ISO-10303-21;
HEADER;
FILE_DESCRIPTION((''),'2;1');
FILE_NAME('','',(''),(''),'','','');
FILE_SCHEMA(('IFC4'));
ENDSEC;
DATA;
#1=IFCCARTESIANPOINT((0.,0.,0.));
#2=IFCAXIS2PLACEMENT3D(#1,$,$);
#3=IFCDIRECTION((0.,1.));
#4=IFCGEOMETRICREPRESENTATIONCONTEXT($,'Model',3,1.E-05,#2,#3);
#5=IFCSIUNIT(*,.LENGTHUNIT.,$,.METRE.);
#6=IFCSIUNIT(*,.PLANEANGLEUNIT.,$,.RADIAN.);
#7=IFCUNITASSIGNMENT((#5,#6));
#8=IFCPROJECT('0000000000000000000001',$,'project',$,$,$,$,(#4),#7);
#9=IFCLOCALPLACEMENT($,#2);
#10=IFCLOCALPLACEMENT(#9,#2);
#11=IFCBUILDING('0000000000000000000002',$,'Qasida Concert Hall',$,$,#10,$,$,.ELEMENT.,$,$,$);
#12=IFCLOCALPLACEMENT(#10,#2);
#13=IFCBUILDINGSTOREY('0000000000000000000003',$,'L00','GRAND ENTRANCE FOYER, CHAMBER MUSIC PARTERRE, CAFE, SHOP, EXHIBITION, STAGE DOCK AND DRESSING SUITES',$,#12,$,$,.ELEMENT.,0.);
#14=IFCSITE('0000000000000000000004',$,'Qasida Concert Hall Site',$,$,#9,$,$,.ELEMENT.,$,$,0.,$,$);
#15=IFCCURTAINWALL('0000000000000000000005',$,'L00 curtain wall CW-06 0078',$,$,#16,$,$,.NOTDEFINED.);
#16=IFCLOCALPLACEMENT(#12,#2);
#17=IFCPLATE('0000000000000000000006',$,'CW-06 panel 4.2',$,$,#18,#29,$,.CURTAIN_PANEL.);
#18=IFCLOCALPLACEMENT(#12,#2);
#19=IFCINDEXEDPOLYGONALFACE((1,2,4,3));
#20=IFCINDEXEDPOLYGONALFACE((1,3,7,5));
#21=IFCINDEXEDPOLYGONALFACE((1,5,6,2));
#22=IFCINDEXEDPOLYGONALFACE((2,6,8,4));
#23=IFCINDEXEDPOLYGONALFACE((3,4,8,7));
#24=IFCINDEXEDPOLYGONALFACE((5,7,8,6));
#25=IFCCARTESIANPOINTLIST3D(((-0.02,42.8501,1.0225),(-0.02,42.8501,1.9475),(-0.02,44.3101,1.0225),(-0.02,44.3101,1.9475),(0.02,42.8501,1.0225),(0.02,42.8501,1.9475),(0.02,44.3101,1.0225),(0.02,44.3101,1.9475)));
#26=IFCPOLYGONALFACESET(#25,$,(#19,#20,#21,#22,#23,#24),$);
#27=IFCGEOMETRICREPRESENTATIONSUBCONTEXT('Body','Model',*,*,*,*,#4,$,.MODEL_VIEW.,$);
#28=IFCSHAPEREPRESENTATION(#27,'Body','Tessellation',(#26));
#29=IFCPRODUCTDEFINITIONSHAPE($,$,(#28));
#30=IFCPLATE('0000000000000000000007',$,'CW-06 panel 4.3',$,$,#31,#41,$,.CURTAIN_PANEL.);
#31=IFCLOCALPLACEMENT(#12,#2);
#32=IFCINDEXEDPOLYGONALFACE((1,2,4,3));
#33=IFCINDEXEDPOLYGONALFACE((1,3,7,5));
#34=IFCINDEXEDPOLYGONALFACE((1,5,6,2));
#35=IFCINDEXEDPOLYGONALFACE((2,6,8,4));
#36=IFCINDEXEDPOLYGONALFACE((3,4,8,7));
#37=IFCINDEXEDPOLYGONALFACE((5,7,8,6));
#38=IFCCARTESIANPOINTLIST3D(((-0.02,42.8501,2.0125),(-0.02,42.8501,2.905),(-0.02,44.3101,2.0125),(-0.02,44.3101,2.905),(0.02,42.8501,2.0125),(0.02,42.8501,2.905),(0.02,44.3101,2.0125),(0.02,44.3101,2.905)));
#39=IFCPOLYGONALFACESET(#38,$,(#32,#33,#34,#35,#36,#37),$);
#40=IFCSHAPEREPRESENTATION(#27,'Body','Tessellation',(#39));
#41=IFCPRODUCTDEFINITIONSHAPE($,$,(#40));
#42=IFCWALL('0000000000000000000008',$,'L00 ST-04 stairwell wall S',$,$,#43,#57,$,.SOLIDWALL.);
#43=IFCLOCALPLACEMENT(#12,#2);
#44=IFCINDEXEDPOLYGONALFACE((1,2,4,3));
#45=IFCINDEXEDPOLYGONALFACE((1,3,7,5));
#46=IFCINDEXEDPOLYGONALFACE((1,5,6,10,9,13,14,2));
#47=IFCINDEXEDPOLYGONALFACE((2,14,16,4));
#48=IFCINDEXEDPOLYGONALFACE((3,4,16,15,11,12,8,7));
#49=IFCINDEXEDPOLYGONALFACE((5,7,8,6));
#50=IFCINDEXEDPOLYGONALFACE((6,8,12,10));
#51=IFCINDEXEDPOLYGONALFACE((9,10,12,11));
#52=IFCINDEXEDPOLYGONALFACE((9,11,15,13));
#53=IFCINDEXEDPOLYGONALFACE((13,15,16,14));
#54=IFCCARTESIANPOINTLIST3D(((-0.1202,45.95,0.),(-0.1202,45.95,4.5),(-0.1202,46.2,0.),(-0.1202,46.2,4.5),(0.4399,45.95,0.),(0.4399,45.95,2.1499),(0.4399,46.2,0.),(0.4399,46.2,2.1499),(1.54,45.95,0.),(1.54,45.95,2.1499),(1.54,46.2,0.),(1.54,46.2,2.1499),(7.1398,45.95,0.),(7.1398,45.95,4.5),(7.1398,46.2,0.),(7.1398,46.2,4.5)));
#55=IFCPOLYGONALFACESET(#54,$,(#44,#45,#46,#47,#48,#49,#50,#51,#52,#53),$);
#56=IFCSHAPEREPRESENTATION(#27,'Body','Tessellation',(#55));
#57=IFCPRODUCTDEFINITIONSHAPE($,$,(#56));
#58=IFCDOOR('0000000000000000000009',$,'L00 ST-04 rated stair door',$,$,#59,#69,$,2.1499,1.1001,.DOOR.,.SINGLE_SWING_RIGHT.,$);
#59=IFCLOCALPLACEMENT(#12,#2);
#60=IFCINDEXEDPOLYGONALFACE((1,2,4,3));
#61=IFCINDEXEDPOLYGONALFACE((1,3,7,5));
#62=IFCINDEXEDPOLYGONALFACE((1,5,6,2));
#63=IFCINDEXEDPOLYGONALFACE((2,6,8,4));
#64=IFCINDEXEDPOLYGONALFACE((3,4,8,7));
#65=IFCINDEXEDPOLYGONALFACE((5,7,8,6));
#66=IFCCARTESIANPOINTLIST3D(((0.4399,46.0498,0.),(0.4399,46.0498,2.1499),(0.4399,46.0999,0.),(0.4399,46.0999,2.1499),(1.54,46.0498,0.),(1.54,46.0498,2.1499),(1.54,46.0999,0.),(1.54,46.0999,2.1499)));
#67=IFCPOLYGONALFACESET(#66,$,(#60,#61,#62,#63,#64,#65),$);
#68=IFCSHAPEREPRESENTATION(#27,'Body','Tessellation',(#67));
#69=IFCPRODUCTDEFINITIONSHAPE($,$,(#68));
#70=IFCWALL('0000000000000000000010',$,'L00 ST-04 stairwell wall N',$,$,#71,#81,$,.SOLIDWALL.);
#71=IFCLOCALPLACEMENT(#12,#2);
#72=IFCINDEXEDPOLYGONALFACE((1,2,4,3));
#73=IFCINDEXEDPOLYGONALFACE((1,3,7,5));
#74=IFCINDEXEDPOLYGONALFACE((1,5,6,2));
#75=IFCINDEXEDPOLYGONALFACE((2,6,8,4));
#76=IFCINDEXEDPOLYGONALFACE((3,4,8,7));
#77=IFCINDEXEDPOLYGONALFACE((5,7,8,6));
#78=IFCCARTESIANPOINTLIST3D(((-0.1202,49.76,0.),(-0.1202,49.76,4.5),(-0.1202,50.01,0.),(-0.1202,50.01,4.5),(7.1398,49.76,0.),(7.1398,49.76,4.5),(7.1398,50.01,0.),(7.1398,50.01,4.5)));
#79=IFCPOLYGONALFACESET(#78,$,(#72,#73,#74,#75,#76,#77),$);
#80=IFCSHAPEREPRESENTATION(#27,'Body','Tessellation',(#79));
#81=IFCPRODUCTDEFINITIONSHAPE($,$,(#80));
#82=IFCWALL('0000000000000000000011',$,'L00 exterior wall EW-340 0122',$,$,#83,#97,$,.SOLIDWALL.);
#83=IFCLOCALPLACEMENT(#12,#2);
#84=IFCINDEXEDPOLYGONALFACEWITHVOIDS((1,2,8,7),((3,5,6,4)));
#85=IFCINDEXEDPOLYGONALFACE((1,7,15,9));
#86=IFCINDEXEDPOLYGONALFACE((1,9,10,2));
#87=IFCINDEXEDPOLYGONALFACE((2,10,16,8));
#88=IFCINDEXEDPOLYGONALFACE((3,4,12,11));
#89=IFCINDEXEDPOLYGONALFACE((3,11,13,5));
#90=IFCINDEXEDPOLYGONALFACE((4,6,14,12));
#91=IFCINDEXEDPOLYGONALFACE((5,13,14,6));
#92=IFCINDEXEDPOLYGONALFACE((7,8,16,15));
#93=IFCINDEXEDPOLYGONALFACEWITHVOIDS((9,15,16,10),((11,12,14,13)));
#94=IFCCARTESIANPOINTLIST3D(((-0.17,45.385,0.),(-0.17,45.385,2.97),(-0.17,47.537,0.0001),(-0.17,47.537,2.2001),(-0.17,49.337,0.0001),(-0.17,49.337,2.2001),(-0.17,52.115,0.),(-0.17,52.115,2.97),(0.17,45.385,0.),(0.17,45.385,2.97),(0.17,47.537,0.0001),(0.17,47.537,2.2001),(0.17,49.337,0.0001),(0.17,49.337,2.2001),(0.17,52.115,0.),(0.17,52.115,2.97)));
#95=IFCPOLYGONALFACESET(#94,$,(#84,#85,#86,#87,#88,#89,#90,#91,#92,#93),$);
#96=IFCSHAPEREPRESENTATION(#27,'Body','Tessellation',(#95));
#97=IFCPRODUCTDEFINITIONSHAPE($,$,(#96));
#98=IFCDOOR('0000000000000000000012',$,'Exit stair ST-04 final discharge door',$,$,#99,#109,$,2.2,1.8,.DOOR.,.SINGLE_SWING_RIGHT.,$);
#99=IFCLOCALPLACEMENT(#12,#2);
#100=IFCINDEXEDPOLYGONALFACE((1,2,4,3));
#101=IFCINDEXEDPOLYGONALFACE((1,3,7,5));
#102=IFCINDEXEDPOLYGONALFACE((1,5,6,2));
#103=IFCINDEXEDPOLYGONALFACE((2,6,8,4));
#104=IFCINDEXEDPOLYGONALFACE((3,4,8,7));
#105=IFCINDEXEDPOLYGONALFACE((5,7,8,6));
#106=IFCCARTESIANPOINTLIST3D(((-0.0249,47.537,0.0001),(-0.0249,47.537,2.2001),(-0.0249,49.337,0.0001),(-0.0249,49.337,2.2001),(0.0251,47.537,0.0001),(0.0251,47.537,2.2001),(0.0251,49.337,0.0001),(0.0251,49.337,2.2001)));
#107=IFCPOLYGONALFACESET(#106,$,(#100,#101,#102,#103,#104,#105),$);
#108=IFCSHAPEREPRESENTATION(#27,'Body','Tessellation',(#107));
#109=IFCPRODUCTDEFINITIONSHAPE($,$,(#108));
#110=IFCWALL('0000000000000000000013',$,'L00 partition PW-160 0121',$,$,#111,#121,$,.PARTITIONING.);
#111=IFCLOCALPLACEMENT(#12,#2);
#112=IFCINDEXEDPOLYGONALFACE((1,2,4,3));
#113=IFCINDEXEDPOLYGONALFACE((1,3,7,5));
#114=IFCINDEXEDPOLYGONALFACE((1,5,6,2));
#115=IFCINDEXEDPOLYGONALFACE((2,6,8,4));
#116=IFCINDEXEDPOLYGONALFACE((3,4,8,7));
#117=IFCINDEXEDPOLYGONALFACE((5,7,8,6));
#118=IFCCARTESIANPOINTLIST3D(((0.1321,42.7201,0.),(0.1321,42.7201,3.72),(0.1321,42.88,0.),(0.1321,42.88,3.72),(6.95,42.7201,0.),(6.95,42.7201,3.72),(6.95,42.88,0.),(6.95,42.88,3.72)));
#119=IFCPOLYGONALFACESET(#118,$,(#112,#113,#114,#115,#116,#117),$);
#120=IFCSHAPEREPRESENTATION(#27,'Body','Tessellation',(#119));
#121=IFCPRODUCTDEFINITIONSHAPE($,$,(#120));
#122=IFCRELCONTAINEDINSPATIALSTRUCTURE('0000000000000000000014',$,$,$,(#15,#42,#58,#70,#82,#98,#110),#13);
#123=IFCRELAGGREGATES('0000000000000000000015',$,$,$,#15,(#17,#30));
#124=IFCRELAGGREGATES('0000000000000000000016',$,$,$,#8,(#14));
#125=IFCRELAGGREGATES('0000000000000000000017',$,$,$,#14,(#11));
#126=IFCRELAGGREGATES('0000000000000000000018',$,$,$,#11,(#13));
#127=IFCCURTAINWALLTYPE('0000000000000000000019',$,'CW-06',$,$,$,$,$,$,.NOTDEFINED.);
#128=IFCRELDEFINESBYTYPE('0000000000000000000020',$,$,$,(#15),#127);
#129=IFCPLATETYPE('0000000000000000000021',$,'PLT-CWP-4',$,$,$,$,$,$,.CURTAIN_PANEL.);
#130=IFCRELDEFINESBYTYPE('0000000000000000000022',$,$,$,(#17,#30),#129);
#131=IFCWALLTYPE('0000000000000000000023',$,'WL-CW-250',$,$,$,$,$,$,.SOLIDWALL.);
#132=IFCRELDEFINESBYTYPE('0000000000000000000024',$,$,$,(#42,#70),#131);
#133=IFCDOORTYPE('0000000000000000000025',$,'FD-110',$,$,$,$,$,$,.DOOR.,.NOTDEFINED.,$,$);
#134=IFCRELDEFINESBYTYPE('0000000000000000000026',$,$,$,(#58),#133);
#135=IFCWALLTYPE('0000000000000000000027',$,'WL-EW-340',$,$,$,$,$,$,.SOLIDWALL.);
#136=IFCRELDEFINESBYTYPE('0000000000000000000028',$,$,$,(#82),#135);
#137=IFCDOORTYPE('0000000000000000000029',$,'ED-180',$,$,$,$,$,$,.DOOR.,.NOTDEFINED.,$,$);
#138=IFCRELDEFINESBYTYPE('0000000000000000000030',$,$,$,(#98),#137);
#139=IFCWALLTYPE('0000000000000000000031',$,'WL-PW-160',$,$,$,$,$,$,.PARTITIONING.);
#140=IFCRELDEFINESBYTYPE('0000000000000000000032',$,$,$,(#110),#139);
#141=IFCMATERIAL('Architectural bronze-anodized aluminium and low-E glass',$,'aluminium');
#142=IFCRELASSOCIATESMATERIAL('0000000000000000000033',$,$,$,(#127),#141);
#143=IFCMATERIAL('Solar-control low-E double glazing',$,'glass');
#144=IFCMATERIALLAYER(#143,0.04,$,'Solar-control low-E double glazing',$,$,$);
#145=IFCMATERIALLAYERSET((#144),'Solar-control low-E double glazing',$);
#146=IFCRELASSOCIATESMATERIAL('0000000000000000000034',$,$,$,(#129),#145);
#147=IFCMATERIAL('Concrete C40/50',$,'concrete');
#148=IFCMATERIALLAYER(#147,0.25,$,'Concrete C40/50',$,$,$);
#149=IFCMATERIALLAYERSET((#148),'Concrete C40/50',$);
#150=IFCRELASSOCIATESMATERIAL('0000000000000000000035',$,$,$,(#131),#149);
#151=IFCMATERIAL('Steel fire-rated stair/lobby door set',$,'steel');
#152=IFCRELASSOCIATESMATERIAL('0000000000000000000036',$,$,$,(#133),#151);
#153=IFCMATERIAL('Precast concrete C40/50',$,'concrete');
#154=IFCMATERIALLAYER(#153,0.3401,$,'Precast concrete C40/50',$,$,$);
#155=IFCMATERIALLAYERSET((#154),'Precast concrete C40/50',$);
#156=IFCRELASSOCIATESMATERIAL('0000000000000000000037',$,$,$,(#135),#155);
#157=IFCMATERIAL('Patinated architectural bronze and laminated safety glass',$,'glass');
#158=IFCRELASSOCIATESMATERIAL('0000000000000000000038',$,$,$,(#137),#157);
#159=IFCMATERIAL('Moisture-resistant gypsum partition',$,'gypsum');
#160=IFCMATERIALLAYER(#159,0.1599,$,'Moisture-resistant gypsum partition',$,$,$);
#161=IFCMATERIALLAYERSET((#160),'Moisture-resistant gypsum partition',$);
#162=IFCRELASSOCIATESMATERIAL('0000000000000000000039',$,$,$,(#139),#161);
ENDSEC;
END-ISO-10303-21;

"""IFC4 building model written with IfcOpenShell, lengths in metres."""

from ifc_helpers import new_model, si_unit, direction, frame, frame_2d, origin, origin_2d, place, context, subcontext, project, spatial, rectangle, extrude, material, layer, layer_set, type_object, element, fill, aggregate, save


model = new_model("IFC4")

# Units and contexts
model_context = context("Model", 3, precision=1e-05, world=origin(), true_north=direction((0.0, 1.0)))
body_context = subcontext(model_context, "Body", "Model", "MODEL_VIEW")
ifc_project = project(units=[si_unit("LENGTHUNIT", "METRE"), si_unit("PLANEANGLEUNIT", "RADIAN")], contexts=[model_context])

# Site, building, storey
site_placement = place(None, origin())
site = spatial("IfcSite", under=ifc_project, at=site_placement, Name="Qasida Concert Hall Site", CompositionType="ELEMENT", RefElevation=0.0)
building_placement = place(site_placement, origin())
building = spatial("IfcBuilding", under=site, at=building_placement, Name="Qasida Concert Hall", CompositionType="ELEMENT")
storey_placement = place(building_placement, origin())
storey = spatial("IfcBuildingStorey", under=building, at=storey_placement, Name="L00", Description="GRAND ENTRANCE FOYER, CHAMBER MUSIC PARTERRE, CAFE, SHOP, EXHIBITION, STAGE DOCK AND DRESSING SUITES", CompositionType="ELEMENT", Elevation=0.0)

# Shared definitions
ifc_material_1 = material(Name="Concrete C40/50", Category="concrete")

# Curtain wall, plates
ifc_material_2 = material(Name="Architectural bronze-anodized aluminium and low-E glass", Category="aluminium")
curtain_wall_type = type_object("IfcCurtainWallType", Name="CW-06", PredefinedType="NOTDEFINED", material=ifc_material_2)
curtain_wall_placement = place(storey_placement, origin())
curtain_wall = element("IfcCurtainWall", 1, at=curtain_wall_placement, inside=storey, type_object=curtain_wall_type, Name="L00 curtain wall CW-06 0078", PredefinedType="NOTDEFINED")
ifc_material_3 = material(Name="Solar-control low-E double glazing", Category="glass")
ifc_layer_1 = layer(ifc_material_3, 0.04, Name="Solar-control low-E double glazing")
ifc_layer_set_1 = layer_set([ifc_layer_1], Name="Solar-control low-E double glazing")
plate_type = type_object("IfcPlateType", Name="PLT-CWP-4", PredefinedType="CURTAIN_PANEL", material=ifc_layer_set_1)
plate_1_placement = place(storey_placement, frame((0.0, 43.5801, 1.0225), z_axis=(0.0, 0.0, 1.0), x_axis=(0.0, 1.0, 0.0)))
plate_1 = element("IfcPlate", 2, at=plate_1_placement, type_object=plate_type, Name="CW-06 panel 4.2", PredefinedType="CURTAIN_PANEL", context=body_context, shape_type="SweptSolid", body=[
    extrude(rectangle(XDim=1.46, YDim=0.04, at=origin_2d()), origin(), (0.0, 0.0, 1.0), 0.925),
])
plate_2_placement = place(storey_placement, frame((0.0, 43.5801, 2.0125), z_axis=(0.0, 0.0, 1.0), x_axis=(0.0, 1.0, 0.0)))
plate_2 = element("IfcPlate", 3, at=plate_2_placement, type_object=plate_type, Name="CW-06 panel 4.3", PredefinedType="CURTAIN_PANEL", context=body_context, shape_type="SweptSolid", body=[
    extrude(rectangle(XDim=1.46, YDim=0.04, at=origin_2d()), origin(), (0.0, 0.0, 1.0), 0.8926),
])
aggregate(curtain_wall, [plate_1, plate_2])

# Wall, opening, door
ifc_layer_2 = layer(ifc_material_1, 0.25, Name="Concrete C40/50")
ifc_layer_set_2 = layer_set([ifc_layer_2], Name="Concrete C40/50")
wall_type_1 = type_object("IfcWallType", Name="WL-CW-250", PredefinedType="SOLIDWALL", material=ifc_layer_set_2)
wall_1_placement = place(storey_placement, frame((-0.1201, 46.075, 0.0), z_axis=(0.0, 0.0, 1.0), x_axis=(1.0, 0.0, 0.0)))
wall_1 = element("IfcWall", 4, at=wall_1_placement, inside=storey, type_object=wall_type_1, Name="L00 ST-04 stairwell wall S", PredefinedType="SOLIDWALL", context=body_context, shape_type="SweptSolid", body=[
    extrude(rectangle(XDim=7.26, YDim=0.25, at=frame_2d((3.6299, 0.0))), origin(), (0.0, 0.0, 1.0), 4.5),
])
opening_1_placement = place(wall_1_placement, frame((0.5601, 0.0, 0.0)))
opening_1 = element("IfcOpeningElement", 5, at=opening_1_placement, cuts=wall_1, PredefinedType="OPENING", context=body_context, shape_type="SweptSolid", body=[
    extrude(rectangle(XDim=1.1001, YDim=2.1499, at=frame_2d((0.55, 1.075))), frame((0.0, 0.135, 0.0), z_axis=(0.0, -1.0, 0.0), x_axis=(1.0, 0.0, 0.0)), (0.0, 0.0, 1.0), 0.27),
])
ifc_material_4 = material(Name="Steel fire-rated stair/lobby door set", Category="steel")
door_type_1 = type_object("IfcDoorType", Name="FD-110", OperationType="NOTDEFINED", PredefinedType="DOOR", material=ifc_material_4)
door_1_placement = place(opening_1_placement, origin())
door_1 = element("IfcDoor", 6, at=door_1_placement, inside=storey, type_object=door_type_1, Name="L00 ST-04 rated stair door", OperationType="SINGLE_SWING_RIGHT", OverallHeight=2.1499, OverallWidth=1.1001, PredefinedType="DOOR", context=body_context, shape_type="SweptSolid", body=[
    extrude(rectangle(XDim=1.1001, YDim=2.1499, at=frame_2d((0.55, 1.075))), frame((0.0, 0.0249, 0.0), z_axis=(0.0, -1.0, 0.0), x_axis=(1.0, 0.0, 0.0)), (0.0, 0.0, 1.0), 0.05),
])
fill(opening_1, door_1)

# Wall
wall_2_placement = place(storey_placement, frame((-0.1201, 49.885, 0.0), z_axis=(0.0, 0.0, 1.0), x_axis=(1.0, 0.0, 0.0)))
element("IfcWall", 7, at=wall_2_placement, inside=storey, type_object=wall_type_1, Name="L00 ST-04 stairwell wall N", PredefinedType="SOLIDWALL", context=body_context, shape_type="SweptSolid", body=[
    extrude(rectangle(XDim=7.26, YDim=0.25, at=frame_2d((3.6299, 0.0))), origin(), (0.0, 0.0, 1.0), 4.5),
])

# Wall, opening, door
ifc_material_5 = material(Name="Precast concrete C40/50", Category="concrete")
ifc_layer_3 = layer(ifc_material_5, 0.3401, Name="Precast concrete C40/50")
ifc_layer_set_3 = layer_set([ifc_layer_3], Name="Precast concrete C40/50")
wall_type_2 = type_object("IfcWallType", Name="WL-EW-340", PredefinedType="SOLIDWALL", material=ifc_layer_set_3)
wall_3_placement = place(storey_placement, frame((0.0, 45.385, 0.0), z_axis=(0.0, 0.0, 1.0), x_axis=(0.0, 1.0, 0.0)))
wall_3 = element("IfcWall", 8, at=wall_3_placement, inside=storey, type_object=wall_type_2, Name="L00 exterior wall EW-340 0122", PredefinedType="SOLIDWALL", context=body_context, shape_type="SweptSolid", body=[
    extrude(rectangle(XDim=6.73, YDim=0.3401, at=frame_2d((3.365, 0.0))), origin(), (0.0, 0.0, 1.0), 2.97),
])
opening_2_placement = place(wall_3_placement, frame((2.1521, 0.0, 0.0)))
opening_2 = element("IfcOpeningElement", 9, at=opening_2_placement, cuts=wall_3, PredefinedType="OPENING", context=body_context, shape_type="SweptSolid", body=[
    extrude(rectangle(XDim=1.8, YDim=2.2, at=frame_2d((0.8999, 1.1001))), frame((0.0, 0.1799, 0.0), z_axis=(0.0, -1.0, 0.0), x_axis=(1.0, 0.0, 0.0)), (0.0, 0.0, 1.0), 0.3601),
])
ifc_material_6 = material(Name="Patinated architectural bronze and laminated safety glass", Category="glass")
door_type_2 = type_object("IfcDoorType", Name="ED-180", OperationType="NOTDEFINED", PredefinedType="DOOR", material=ifc_material_6)
door_2_placement = place(opening_2_placement, origin())
door_2 = element("IfcDoor", 10, at=door_2_placement, inside=storey, type_object=door_type_2, Name="Exit stair ST-04 final discharge door", OperationType="SINGLE_SWING_RIGHT", OverallHeight=2.2, OverallWidth=1.8, PredefinedType="DOOR", context=body_context, shape_type="SweptSolid", body=[
    extrude(rectangle(XDim=1.8, YDim=2.2, at=frame_2d((0.8999, 1.1001))), frame((0.0, 0.0249, 0.0), z_axis=(0.0, -1.0, 0.0), x_axis=(1.0, 0.0, 0.0)), (0.0, 0.0, 1.0), 0.05),
])
fill(opening_2, door_2)

# Wall
ifc_material_7 = material(Name="Moisture-resistant gypsum partition", Category="gypsum")
ifc_layer_4 = layer(ifc_material_7, 0.1599, Name="Moisture-resistant gypsum partition")
ifc_layer_set_4 = layer_set([ifc_layer_4], Name="Moisture-resistant gypsum partition")
wall_type_3 = type_object("IfcWallType", Name="WL-PW-160", PredefinedType="PARTITIONING", material=ifc_layer_set_4)
wall_4_placement = place(storey_placement, frame((0.1321, 42.8, 0.0), z_axis=(0.0, 0.0, 1.0), x_axis=(1.0, 0.0, 0.0)))
element("IfcWall", 11, at=wall_4_placement, inside=storey, type_object=wall_type_3, Name="L00 partition PW-160 0121", PredefinedType="PARTITIONING", context=body_context, shape_type="SweptSolid", body=[
    extrude(rectangle(XDim=6.8179, YDim=0.1599, at=frame_2d((3.4089, 0.0))), origin(), (0.0, 0.0, 1.0), 3.72),
])

save(model, "model.ifc")
